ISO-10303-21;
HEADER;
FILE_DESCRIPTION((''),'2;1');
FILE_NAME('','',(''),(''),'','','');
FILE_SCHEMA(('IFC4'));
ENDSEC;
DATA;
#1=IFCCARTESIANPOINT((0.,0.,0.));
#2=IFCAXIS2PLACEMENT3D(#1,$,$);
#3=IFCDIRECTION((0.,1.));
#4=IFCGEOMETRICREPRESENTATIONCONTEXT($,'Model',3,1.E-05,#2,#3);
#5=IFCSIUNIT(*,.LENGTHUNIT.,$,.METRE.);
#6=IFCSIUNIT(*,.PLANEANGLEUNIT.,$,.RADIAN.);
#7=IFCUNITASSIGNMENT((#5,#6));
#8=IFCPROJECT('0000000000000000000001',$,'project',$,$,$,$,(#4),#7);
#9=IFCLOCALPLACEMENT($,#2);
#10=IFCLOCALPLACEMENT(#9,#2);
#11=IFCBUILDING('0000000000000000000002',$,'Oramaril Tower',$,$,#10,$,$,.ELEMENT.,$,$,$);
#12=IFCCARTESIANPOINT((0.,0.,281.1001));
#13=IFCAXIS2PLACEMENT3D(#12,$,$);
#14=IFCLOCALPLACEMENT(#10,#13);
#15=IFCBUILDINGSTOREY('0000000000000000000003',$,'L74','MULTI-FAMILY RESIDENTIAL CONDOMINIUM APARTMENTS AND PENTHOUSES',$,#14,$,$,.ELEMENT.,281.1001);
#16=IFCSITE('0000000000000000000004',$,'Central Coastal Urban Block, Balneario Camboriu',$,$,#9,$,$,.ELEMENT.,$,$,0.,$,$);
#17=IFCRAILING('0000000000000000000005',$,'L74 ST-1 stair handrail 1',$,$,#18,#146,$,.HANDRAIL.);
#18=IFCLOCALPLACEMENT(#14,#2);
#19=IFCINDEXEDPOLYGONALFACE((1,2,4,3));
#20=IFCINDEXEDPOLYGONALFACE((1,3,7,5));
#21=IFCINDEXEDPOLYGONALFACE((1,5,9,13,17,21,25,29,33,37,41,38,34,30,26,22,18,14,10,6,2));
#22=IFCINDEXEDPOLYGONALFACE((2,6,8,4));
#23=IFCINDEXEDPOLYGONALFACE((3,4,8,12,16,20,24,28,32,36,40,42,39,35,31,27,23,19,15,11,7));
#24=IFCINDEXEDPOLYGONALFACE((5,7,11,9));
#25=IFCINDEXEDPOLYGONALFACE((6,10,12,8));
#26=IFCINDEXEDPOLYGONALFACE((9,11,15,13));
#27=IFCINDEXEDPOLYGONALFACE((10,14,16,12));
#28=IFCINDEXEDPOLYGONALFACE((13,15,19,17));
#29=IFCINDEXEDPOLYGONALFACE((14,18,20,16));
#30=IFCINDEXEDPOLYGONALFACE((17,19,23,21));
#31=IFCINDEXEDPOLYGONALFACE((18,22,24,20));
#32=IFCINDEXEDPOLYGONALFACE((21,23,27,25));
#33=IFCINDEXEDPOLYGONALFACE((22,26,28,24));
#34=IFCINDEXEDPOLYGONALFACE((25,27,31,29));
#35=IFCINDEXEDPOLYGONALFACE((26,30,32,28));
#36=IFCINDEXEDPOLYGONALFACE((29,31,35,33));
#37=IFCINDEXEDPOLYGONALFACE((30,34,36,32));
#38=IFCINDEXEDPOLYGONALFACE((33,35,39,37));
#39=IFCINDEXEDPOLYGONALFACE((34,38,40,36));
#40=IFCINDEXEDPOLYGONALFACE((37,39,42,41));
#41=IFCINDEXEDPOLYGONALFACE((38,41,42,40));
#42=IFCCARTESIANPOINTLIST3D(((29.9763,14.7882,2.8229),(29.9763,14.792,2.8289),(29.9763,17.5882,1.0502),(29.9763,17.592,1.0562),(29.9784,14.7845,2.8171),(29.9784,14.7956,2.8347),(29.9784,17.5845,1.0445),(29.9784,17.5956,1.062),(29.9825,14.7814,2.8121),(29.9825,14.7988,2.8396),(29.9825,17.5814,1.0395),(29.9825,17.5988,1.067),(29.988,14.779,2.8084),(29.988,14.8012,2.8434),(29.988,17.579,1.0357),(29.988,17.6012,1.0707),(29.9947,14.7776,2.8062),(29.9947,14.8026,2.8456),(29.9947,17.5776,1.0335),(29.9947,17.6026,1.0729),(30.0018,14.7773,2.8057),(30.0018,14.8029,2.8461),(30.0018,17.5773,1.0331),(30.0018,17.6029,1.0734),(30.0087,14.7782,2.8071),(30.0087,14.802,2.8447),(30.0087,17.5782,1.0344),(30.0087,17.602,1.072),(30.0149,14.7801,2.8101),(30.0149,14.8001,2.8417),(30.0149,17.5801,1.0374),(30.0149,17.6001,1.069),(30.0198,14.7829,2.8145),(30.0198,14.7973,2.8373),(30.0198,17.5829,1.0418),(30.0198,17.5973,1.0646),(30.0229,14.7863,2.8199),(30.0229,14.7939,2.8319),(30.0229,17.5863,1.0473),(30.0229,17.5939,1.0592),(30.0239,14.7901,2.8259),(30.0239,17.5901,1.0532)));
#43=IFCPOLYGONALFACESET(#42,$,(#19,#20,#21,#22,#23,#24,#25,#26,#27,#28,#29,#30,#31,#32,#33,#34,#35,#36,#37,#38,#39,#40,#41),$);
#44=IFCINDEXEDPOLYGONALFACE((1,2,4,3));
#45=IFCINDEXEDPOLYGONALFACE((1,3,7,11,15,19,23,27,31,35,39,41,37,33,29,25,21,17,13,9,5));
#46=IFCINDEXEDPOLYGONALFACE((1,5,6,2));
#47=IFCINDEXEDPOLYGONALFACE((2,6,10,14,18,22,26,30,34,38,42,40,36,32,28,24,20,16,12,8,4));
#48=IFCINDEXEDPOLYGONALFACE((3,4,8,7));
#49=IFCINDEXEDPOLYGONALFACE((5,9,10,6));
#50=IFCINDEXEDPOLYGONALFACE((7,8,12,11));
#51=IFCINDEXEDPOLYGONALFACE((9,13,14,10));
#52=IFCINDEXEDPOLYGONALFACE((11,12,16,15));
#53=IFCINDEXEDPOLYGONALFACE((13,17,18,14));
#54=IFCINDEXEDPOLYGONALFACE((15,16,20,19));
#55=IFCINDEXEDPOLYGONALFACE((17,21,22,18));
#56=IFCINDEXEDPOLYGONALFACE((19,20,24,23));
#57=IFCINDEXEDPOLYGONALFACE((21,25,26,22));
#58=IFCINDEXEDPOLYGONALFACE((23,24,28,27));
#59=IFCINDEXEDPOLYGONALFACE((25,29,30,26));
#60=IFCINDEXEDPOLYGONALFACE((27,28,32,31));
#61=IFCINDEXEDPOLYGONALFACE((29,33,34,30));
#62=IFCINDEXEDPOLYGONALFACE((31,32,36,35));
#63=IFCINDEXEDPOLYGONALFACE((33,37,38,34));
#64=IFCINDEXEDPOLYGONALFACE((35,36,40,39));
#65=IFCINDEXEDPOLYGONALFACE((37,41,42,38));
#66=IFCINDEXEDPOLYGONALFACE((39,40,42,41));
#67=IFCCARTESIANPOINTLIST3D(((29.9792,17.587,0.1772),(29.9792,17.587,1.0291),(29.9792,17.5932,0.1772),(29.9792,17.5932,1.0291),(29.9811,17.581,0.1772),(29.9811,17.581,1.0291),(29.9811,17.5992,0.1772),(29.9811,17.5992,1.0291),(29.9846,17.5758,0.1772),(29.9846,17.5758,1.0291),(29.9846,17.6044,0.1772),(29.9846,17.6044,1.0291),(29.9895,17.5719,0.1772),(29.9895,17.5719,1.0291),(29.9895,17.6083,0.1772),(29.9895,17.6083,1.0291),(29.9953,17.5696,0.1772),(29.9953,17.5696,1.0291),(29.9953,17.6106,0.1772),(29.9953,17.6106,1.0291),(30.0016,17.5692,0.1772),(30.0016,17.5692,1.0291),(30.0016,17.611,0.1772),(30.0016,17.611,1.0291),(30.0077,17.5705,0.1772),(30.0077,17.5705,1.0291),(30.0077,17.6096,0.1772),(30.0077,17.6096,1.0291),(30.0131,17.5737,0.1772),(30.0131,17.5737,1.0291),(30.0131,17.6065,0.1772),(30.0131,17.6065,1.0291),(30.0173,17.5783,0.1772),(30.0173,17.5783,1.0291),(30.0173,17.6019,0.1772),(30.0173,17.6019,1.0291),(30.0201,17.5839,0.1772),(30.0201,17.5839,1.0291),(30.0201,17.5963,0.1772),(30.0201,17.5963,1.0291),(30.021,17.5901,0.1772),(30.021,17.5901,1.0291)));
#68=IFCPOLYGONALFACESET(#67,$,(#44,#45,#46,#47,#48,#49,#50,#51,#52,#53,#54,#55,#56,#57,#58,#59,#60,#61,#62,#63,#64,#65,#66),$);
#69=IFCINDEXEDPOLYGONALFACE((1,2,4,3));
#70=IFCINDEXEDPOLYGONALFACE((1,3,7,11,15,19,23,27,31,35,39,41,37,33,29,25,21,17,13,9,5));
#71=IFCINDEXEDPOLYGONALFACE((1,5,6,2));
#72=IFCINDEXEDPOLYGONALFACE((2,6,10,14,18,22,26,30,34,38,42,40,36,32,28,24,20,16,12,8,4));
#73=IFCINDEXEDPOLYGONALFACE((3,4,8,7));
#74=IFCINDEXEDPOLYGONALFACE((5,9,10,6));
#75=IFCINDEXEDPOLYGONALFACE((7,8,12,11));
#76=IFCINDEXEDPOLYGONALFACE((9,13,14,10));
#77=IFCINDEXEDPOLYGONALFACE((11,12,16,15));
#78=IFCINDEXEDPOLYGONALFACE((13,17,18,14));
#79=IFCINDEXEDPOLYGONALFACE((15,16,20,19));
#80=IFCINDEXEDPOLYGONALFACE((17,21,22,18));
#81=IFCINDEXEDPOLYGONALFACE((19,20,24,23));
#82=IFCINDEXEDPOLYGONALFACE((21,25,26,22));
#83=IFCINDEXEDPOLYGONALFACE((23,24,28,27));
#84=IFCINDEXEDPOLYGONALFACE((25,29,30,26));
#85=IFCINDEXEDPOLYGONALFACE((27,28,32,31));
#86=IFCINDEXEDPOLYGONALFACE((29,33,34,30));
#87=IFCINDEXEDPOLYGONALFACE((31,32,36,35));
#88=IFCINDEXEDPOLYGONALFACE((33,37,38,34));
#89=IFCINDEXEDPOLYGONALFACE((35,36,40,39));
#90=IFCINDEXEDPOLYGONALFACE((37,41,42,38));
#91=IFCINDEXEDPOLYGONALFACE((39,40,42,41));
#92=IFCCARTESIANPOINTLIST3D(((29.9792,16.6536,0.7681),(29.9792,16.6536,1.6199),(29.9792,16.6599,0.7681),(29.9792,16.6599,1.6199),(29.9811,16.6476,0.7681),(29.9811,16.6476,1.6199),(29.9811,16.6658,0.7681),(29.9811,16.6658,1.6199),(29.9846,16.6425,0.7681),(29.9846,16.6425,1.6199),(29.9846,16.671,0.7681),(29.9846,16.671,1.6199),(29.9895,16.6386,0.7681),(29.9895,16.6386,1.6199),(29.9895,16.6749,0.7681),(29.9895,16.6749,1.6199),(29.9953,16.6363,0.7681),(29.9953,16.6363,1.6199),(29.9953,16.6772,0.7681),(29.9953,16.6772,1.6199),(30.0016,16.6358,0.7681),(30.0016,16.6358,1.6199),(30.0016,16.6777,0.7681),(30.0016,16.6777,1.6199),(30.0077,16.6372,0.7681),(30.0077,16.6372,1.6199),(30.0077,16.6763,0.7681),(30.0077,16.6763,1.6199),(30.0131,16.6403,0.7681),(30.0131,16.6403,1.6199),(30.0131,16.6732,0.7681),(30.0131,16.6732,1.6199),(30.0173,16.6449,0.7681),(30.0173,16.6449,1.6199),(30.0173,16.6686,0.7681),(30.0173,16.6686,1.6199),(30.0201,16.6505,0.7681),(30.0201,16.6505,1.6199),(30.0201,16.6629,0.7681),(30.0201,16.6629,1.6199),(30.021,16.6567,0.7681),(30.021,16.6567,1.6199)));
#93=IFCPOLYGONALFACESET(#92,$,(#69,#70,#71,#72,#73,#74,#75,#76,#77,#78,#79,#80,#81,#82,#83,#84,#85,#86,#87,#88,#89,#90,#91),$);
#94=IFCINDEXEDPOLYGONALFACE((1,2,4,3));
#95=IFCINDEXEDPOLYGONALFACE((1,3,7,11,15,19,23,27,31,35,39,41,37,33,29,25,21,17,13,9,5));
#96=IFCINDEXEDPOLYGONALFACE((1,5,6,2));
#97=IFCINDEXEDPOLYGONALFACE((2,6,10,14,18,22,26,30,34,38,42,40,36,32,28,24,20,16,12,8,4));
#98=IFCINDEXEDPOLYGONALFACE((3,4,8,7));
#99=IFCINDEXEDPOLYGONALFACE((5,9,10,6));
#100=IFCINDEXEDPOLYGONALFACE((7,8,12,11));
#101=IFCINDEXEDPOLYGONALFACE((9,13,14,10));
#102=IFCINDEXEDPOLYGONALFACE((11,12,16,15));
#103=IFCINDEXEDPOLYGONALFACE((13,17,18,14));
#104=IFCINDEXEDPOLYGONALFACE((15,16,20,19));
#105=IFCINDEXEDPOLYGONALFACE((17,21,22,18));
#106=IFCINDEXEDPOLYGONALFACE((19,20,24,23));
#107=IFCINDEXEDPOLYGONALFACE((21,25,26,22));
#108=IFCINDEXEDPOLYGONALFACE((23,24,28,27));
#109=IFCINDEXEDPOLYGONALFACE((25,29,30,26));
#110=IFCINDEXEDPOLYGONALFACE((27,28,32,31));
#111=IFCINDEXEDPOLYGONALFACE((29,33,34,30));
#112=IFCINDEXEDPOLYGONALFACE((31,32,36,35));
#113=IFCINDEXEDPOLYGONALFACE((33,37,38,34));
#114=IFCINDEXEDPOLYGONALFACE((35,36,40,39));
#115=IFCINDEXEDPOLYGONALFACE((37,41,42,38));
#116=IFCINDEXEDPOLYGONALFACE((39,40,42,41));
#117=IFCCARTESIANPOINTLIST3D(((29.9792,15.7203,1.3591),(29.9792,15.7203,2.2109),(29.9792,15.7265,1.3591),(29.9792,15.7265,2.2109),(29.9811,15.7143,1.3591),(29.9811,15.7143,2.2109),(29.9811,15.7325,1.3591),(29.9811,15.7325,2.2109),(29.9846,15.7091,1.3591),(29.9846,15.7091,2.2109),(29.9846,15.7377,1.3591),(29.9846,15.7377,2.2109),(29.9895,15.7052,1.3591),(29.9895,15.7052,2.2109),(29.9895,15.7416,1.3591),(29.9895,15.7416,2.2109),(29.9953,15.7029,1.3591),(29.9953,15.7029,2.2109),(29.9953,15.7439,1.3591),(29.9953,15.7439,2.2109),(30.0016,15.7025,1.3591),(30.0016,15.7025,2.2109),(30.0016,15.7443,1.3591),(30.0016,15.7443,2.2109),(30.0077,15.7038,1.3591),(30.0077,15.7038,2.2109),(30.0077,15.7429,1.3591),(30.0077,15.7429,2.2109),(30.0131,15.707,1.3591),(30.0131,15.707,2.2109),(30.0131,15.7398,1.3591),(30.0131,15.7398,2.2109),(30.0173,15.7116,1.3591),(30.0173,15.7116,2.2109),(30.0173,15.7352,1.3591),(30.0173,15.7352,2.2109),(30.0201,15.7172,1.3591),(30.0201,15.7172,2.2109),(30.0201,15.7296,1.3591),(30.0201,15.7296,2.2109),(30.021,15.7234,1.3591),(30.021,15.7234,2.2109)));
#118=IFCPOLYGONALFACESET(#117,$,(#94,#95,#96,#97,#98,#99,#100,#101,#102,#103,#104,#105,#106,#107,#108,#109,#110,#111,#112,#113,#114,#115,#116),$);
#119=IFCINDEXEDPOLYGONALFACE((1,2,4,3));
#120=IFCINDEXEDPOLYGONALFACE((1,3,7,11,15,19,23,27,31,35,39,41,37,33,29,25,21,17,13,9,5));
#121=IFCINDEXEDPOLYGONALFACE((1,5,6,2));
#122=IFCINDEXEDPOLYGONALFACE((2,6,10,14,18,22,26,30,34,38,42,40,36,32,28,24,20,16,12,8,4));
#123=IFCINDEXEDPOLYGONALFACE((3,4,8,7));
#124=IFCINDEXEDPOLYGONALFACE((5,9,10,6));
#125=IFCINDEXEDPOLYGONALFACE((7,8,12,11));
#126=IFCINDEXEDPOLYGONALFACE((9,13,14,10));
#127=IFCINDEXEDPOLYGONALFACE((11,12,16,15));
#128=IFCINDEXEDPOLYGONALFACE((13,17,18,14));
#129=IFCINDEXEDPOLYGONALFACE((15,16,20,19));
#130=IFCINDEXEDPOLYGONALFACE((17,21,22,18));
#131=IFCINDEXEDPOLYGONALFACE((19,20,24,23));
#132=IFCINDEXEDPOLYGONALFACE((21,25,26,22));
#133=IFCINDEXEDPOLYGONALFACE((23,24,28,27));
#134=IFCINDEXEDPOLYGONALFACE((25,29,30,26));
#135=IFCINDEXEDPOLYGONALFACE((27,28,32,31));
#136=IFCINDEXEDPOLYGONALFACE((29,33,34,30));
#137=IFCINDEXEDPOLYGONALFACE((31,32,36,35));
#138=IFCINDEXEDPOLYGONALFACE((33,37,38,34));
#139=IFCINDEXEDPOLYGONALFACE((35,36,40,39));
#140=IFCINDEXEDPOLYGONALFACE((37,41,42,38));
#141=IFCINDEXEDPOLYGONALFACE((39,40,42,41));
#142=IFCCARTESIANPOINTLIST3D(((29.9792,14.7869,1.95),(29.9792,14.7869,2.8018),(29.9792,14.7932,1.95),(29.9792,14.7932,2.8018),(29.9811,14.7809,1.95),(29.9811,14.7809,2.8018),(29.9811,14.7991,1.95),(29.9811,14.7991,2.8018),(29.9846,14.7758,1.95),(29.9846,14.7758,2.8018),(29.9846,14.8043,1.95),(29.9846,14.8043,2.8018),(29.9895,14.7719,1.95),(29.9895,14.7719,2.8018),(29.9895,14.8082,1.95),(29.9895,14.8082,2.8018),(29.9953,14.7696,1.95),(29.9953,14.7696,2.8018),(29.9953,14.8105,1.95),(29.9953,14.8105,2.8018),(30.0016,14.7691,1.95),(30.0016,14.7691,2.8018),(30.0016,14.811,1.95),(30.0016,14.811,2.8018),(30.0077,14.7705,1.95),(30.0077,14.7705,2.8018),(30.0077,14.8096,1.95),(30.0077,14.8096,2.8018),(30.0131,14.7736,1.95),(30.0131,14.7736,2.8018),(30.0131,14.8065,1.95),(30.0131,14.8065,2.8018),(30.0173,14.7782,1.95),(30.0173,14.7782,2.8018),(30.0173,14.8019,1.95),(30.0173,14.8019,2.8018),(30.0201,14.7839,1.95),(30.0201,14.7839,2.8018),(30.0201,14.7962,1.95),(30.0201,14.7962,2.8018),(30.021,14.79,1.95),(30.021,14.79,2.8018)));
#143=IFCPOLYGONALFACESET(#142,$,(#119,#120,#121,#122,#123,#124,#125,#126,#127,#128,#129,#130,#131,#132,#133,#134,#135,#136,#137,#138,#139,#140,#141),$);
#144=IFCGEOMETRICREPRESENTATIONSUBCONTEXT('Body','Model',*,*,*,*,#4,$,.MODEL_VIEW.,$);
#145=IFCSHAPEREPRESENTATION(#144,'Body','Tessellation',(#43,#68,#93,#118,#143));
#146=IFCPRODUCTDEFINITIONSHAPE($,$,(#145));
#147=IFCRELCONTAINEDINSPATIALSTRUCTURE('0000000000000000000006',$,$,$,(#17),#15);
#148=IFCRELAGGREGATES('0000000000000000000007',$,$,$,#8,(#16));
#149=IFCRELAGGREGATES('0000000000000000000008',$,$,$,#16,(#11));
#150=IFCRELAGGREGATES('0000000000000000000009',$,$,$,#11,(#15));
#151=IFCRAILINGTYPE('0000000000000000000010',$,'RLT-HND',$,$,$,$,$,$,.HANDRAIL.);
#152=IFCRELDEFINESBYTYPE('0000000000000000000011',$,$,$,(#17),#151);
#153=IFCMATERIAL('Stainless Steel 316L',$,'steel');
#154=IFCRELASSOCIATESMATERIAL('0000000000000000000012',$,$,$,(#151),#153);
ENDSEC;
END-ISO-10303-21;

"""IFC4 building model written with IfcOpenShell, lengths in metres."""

from ifc_helpers import new_model, si_unit, direction, frame, origin, origin_2d, place, context, subcontext, project, spatial, circle, extrude, material, type_object, element, save


model = new_model("IFC4")

# Units and contexts
model_context = context("Model", 3, precision=1e-05, world=origin(), true_north=direction((0.0, 1.0)))
body_context = subcontext(model_context, "Body", "Model", "MODEL_VIEW")
ifc_project = project(units=[si_unit("LENGTHUNIT", "METRE"), si_unit("PLANEANGLEUNIT", "RADIAN")], contexts=[model_context])

# Site, building, storey
site_placement = place(None, origin())
site = spatial("IfcSite", under=ifc_project, at=site_placement, Name="Central Coastal Urban Block, Balneario Camboriu", CompositionType="ELEMENT", RefElevation=0.0)
building_placement = place(site_placement, origin())
building = spatial("IfcBuilding", under=site, at=building_placement, Name="Oramaril Tower", CompositionType="ELEMENT")
storey_placement = place(building_placement, frame((0.0, 0.0, 281.1001)))
storey = spatial("IfcBuildingStorey", under=building, at=storey_placement, Name="L74", Description="MULTI-FAMILY RESIDENTIAL CONDOMINIUM APARTMENTS AND PENTHOUSES", CompositionType="ELEMENT", Elevation=281.1001)

# Railing
ifc_material_1 = material(Name="Stainless Steel 316L", Category="steel")
railing_type_1 = type_object("IfcRailingType", Name="RLT-HND", PredefinedType="HANDRAIL", material=ifc_material_1)
railing_1_placement = place(storey_placement, frame((30.0, 17.5901, 0.1772)))
element("IfcRailing", 1, at=railing_1_placement, inside=storey, type_object=railing_type_1, Name="L74 ST-1 stair handrail 1", PredefinedType="HANDRAIL", context=body_context, shape_type="SweptSolid", body=[
    extrude(circle(Radius=0.0239, at=origin_2d()), frame((0.0, 0.0, 0.876), z_axis=(0.0, -0.844909, 0.53491), x_axis=(1.0, 0.0, 0.0)), (0.0, 0.0, 1.0), 3.314),
    extrude(circle(Radius=0.021, at=origin_2d()), origin(), (0.0, 0.0, 1.0), 0.8518),
    extrude(circle(Radius=0.021, at=origin_2d()), frame((0.0, -0.9333, 0.5908)), (0.0, 0.0, 1.0), 0.8518),
    extrude(circle(Radius=0.021, at=origin_2d()), frame((0.0, -1.8667, 1.1819)), (0.0, 0.0, 1.0), 0.8518),
    extrude(circle(Radius=0.021, at=origin_2d()), frame((0.0, -2.8, 1.7727)), (0.0, 0.0, 1.0), 0.8518),
])

save(model, "model.ifc")
